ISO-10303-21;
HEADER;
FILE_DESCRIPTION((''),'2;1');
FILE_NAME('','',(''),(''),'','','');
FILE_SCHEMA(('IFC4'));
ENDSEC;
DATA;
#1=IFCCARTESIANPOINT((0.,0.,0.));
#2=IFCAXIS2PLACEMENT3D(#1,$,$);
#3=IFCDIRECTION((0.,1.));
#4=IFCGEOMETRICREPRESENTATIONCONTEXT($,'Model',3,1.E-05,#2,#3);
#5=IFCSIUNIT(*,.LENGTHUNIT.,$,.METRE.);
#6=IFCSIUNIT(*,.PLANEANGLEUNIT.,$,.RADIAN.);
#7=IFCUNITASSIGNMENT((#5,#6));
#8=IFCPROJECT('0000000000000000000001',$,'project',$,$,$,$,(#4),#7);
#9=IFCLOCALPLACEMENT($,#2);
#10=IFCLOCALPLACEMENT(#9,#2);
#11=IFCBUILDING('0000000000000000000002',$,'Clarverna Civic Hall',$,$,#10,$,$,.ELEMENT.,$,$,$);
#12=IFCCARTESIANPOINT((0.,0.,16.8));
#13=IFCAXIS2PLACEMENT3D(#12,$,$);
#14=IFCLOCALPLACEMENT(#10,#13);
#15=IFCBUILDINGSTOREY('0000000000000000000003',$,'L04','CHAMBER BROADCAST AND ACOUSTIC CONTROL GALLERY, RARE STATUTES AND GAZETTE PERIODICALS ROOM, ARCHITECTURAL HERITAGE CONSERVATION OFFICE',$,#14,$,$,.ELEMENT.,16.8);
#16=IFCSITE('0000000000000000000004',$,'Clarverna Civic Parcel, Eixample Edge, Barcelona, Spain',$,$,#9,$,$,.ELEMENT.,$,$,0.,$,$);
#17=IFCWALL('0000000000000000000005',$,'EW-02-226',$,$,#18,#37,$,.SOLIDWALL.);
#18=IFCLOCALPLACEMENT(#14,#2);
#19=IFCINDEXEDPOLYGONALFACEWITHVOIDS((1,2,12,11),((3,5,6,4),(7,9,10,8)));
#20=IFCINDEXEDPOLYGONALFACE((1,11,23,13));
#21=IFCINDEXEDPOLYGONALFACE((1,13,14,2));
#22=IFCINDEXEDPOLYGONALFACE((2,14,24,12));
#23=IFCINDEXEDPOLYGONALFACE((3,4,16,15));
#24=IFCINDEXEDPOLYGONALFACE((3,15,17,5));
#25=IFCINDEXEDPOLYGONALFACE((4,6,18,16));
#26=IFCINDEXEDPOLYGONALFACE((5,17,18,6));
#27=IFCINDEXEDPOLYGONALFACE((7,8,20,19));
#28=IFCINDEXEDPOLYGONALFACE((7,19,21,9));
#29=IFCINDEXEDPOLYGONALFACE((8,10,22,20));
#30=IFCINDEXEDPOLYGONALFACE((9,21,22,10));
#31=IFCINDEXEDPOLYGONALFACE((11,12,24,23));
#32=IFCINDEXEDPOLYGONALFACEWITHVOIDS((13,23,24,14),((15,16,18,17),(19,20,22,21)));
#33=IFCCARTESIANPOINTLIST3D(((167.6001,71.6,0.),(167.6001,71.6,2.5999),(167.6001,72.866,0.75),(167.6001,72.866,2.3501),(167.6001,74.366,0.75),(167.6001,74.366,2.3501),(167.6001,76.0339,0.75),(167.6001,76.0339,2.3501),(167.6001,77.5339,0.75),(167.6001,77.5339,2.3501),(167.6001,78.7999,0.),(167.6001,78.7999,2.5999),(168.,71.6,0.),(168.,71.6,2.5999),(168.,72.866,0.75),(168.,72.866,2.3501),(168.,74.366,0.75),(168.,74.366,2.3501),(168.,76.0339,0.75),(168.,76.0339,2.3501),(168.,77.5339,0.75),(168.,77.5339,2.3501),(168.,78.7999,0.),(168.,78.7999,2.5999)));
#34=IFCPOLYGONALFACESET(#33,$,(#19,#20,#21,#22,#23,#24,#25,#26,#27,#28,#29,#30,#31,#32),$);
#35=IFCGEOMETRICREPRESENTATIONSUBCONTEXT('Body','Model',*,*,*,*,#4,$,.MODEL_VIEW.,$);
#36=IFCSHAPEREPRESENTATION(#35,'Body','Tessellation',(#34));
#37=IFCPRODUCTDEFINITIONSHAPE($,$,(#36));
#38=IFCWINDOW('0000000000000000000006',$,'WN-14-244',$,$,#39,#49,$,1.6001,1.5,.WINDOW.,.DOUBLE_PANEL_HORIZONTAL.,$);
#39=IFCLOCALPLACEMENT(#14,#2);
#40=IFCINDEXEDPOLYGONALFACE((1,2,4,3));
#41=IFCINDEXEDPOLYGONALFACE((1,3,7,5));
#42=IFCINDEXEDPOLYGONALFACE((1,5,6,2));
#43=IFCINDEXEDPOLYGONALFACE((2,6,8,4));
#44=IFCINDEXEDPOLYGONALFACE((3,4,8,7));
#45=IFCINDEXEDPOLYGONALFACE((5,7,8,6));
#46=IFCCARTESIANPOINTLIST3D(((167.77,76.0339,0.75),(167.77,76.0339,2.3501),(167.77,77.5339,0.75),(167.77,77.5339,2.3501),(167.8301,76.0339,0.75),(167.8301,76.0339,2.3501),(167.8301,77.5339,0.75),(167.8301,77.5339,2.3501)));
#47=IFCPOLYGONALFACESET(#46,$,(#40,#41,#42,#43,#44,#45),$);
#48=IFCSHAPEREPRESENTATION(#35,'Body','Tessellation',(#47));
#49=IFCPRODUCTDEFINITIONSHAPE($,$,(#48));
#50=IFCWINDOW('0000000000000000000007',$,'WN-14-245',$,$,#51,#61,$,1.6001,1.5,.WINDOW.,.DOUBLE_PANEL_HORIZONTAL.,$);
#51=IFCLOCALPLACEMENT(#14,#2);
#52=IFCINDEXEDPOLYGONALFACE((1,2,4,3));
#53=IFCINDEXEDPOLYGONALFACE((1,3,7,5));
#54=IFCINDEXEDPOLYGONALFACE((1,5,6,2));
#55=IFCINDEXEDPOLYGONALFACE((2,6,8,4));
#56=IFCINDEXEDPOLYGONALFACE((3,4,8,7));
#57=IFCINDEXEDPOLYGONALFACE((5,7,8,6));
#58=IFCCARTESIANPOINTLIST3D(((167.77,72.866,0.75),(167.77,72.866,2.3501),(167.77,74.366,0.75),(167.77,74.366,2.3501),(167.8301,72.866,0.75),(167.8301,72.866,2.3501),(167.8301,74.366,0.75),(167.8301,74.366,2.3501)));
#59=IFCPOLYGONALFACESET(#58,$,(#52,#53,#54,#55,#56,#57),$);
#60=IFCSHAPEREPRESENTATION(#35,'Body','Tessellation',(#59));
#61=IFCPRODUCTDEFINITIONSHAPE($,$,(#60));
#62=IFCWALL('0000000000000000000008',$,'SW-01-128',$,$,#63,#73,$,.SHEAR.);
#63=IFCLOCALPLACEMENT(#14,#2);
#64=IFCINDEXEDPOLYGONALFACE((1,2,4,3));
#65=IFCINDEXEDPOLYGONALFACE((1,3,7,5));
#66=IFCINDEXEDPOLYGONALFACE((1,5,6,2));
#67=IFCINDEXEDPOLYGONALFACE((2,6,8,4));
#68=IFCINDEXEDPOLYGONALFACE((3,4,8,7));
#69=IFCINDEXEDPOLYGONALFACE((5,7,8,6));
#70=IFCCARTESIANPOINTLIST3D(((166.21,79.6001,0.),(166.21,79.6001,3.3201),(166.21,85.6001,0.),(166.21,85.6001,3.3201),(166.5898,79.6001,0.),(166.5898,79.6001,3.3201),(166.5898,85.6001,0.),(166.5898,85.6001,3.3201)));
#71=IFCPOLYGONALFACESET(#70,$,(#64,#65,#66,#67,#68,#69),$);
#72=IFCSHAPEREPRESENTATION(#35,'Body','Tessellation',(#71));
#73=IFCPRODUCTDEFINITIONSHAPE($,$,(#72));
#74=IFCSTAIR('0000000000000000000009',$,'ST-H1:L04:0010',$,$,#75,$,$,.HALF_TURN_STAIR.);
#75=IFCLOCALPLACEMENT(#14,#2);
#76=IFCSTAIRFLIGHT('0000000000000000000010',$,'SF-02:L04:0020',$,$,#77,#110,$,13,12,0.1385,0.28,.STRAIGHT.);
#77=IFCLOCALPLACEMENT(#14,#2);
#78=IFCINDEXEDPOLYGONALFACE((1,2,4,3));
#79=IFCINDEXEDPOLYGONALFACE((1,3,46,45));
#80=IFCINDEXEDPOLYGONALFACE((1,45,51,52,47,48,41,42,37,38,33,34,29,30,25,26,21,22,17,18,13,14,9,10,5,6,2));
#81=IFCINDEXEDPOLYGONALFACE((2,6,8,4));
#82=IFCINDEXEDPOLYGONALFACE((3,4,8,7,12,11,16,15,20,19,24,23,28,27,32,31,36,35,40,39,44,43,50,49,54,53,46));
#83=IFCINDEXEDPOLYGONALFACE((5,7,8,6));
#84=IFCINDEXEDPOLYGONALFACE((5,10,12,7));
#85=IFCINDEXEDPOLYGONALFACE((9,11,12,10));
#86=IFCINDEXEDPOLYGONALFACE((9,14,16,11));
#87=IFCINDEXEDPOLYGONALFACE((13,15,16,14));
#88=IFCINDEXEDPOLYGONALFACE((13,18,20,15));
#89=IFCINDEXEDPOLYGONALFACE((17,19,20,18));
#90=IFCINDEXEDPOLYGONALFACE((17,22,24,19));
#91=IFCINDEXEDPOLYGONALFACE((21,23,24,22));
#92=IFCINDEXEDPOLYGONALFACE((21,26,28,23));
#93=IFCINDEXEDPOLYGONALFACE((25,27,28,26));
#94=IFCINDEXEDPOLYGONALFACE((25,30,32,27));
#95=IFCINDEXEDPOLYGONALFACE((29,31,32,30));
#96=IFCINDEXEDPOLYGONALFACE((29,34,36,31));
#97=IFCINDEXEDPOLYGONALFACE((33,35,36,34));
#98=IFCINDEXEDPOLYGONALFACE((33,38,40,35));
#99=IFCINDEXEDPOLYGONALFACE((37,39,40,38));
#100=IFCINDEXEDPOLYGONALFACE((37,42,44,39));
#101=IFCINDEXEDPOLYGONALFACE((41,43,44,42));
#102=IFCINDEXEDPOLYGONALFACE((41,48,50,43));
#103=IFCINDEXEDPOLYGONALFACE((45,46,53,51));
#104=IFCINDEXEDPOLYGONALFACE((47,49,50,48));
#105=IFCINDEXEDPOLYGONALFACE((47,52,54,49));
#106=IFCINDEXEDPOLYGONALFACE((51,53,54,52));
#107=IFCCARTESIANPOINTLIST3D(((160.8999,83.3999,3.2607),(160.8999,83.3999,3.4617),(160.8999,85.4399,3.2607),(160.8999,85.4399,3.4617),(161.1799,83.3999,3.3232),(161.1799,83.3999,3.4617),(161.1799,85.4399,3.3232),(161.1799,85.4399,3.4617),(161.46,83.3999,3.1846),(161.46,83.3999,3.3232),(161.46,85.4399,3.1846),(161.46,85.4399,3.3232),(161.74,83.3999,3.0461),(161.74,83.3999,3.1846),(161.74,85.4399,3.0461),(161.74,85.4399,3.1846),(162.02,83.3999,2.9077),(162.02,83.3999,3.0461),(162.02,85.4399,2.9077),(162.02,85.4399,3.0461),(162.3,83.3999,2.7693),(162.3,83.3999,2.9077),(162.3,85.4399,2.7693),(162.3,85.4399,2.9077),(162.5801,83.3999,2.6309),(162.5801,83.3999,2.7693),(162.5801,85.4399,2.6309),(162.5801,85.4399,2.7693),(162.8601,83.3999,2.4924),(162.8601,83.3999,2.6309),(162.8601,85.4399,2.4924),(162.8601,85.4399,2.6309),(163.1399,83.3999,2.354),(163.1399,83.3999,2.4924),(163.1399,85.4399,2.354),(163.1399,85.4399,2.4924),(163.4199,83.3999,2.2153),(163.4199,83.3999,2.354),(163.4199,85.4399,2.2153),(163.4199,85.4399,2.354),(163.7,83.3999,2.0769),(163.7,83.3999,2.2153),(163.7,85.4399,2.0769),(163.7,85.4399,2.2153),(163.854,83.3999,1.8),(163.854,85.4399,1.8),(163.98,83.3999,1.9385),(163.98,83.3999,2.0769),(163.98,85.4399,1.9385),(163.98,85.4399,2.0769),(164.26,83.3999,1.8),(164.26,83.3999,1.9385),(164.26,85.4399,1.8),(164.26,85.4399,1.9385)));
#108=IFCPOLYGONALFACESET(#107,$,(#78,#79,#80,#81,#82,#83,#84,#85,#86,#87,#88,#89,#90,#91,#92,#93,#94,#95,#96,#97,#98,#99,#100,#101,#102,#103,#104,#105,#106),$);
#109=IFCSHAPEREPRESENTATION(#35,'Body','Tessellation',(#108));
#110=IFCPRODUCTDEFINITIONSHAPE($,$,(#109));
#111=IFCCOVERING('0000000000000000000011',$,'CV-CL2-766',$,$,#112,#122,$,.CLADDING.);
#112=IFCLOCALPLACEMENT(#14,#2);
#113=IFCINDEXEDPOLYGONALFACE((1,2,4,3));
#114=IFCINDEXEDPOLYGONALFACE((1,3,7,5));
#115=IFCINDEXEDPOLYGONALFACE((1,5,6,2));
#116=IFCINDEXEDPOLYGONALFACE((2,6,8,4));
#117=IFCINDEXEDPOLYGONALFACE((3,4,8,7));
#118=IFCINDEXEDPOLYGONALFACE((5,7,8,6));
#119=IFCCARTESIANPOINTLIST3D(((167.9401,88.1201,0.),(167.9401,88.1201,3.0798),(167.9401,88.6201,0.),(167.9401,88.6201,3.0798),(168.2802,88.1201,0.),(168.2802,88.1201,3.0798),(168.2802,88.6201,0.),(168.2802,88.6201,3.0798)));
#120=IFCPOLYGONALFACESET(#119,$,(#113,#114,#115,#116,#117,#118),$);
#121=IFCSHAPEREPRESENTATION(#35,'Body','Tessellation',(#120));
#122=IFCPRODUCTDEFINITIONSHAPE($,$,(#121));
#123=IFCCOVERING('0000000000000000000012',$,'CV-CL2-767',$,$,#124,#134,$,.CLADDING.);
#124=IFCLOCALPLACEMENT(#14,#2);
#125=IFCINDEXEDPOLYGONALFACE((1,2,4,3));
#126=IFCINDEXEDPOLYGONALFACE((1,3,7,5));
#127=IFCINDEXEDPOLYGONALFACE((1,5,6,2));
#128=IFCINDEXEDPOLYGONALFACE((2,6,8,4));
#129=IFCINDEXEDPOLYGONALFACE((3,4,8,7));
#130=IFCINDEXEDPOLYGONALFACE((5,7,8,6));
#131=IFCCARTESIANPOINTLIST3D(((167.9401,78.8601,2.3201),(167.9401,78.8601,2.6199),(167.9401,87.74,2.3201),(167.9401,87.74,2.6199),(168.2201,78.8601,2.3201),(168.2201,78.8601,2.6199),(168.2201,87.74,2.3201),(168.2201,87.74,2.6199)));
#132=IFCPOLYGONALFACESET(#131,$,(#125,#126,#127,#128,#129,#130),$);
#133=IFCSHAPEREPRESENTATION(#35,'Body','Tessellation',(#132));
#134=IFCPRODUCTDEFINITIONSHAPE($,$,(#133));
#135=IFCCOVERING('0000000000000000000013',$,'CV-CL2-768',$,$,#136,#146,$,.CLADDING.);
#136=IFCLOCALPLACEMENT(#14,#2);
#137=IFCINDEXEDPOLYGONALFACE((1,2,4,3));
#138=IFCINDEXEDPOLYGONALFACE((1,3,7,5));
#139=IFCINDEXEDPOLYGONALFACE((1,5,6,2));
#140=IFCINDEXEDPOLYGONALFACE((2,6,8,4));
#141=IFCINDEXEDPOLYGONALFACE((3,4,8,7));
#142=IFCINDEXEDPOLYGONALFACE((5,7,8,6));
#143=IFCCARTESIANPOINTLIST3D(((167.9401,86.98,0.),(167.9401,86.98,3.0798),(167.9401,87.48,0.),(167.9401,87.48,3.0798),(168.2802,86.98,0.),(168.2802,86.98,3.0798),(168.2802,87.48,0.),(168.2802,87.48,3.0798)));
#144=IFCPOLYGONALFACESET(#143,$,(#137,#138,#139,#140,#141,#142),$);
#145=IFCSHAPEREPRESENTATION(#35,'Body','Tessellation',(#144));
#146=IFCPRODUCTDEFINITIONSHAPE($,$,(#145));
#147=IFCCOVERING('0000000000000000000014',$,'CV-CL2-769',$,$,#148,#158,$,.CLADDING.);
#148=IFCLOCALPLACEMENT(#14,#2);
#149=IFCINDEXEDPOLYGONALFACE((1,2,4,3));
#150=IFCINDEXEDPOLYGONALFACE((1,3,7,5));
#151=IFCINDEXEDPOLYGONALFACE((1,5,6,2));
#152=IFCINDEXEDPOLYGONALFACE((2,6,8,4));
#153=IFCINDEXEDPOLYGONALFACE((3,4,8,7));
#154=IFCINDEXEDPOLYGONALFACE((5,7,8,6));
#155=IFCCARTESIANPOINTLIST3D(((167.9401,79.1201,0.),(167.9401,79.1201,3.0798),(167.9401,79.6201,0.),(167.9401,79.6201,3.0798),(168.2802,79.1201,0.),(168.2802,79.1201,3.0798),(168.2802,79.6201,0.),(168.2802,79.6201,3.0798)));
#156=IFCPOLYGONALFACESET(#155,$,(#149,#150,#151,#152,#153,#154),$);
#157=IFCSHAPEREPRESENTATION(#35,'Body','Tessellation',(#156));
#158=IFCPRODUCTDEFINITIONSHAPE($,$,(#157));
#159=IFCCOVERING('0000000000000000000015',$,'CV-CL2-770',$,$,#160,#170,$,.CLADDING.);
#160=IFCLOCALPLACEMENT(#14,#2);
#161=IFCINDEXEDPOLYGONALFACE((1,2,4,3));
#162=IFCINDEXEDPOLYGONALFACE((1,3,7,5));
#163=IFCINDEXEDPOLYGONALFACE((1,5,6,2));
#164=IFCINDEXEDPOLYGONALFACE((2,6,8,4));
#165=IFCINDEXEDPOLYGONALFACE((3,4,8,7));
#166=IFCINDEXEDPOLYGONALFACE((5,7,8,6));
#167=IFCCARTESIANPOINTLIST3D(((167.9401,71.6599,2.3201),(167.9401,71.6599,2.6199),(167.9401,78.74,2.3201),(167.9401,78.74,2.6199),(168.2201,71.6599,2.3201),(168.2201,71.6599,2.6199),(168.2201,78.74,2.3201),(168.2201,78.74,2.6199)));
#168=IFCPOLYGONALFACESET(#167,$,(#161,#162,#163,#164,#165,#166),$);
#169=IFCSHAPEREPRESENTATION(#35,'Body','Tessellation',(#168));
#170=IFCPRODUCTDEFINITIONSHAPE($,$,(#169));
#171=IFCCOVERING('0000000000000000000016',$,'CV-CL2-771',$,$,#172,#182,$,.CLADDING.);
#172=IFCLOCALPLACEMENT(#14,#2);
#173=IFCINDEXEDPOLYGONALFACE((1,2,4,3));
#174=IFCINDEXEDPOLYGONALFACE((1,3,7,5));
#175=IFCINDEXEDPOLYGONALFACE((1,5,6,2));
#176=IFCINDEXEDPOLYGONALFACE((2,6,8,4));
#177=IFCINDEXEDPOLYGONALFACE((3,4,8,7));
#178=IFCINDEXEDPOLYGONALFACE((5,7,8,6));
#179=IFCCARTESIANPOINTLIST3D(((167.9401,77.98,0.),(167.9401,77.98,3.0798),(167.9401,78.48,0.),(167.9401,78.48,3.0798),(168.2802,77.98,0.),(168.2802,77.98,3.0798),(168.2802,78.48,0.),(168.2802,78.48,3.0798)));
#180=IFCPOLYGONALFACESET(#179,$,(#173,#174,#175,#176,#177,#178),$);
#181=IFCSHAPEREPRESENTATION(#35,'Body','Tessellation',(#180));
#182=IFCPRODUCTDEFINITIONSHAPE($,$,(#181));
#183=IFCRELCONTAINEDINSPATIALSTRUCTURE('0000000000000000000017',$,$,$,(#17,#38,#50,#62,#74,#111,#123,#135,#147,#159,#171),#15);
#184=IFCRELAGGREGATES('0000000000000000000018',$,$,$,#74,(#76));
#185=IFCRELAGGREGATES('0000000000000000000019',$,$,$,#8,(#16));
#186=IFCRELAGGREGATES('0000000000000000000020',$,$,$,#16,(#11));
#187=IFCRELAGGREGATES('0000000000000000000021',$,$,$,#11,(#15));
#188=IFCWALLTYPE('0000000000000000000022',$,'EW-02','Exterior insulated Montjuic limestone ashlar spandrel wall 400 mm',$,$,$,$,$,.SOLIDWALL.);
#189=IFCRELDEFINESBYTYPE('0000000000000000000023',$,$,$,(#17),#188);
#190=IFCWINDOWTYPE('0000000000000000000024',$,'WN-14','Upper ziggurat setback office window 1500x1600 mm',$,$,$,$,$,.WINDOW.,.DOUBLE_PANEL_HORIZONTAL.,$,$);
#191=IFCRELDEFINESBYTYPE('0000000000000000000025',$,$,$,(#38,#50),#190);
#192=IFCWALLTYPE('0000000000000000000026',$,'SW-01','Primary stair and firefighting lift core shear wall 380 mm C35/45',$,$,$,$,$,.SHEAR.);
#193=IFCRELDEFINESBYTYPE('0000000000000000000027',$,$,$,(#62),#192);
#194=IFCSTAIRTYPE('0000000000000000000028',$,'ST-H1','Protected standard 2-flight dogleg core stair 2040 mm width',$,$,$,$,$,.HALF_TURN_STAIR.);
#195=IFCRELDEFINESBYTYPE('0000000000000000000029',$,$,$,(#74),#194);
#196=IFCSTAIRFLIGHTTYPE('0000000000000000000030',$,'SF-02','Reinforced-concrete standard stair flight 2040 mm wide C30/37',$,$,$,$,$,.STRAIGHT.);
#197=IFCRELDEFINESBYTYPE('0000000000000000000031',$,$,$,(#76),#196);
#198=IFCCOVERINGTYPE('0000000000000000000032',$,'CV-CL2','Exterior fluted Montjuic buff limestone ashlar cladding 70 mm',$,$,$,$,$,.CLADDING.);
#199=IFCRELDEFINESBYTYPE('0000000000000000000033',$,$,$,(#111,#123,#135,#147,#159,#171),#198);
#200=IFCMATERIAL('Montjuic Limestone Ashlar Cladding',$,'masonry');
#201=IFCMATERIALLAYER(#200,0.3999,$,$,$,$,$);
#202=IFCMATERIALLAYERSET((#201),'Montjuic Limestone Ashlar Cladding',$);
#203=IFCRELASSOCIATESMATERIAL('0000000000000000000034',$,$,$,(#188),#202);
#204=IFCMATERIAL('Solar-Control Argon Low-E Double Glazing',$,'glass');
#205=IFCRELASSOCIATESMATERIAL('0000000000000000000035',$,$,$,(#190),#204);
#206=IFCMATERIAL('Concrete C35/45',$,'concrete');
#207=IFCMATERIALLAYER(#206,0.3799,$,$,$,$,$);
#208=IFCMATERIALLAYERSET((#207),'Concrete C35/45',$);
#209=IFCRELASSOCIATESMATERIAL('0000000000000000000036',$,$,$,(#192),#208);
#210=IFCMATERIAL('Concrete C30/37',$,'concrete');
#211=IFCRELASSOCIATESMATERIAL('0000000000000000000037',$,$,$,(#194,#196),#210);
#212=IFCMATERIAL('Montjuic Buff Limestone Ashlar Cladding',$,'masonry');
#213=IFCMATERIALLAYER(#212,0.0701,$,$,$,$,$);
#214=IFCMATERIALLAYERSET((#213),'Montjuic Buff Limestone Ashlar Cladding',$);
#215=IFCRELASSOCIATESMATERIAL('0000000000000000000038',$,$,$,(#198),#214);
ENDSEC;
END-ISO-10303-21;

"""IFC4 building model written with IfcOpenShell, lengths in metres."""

from ifc_helpers import new_model, si_unit, direction, frame, frame_2d, origin, place, context, subcontext, project, spatial, polyline, rectangle, outline, extrude, material, layer, layer_set, type_object, element, fill, aggregate, save


model = new_model("IFC4")

# Units and contexts
model_context = context("Model", 3, precision=1e-05, world=origin(), true_north=direction((0.0, 1.0)))
body_context = subcontext(model_context, "Body", "Model", "MODEL_VIEW")
ifc_project = project(units=[si_unit("LENGTHUNIT", "METRE"), si_unit("PLANEANGLEUNIT", "RADIAN")], contexts=[model_context])

# Site, building, storey
site_placement = place(None, origin())
site = spatial("IfcSite", under=ifc_project, at=site_placement, Name="Clarverna Civic Parcel, Eixample Edge, Barcelona, Spain", CompositionType="ELEMENT", RefElevation=0.0)
building_placement = place(site_placement, origin())
building = spatial("IfcBuilding", under=site, at=building_placement, Name="Clarverna Civic Hall", CompositionType="ELEMENT")
storey_placement = place(building_placement, frame((0.0, 0.0, 16.8)))
storey = spatial("IfcBuildingStorey", under=building, at=storey_placement, Name="L04", Description="CHAMBER BROADCAST AND ACOUSTIC CONTROL GALLERY, RARE STATUTES AND GAZETTE PERIODICALS ROOM, ARCHITECTURAL HERITAGE CONSERVATION OFFICE", CompositionType="ELEMENT", Elevation=16.8)

# Shared definitions
ifc_material_1 = material(Name="Concrete C35/45", Category="concrete")

# Wall, openings, windows
ifc_material_2 = material(Name="Montjuic Limestone Ashlar Cladding", Category="masonry")
ifc_layer_1 = layer(ifc_material_2, 0.3999)
ifc_layer_set_1 = layer_set([ifc_layer_1], Name="Montjuic Limestone Ashlar Cladding")
wall_type_1 = type_object("IfcWallType", Name="EW-02", Description="Exterior insulated Montjuic limestone ashlar spandrel wall 400 mm", PredefinedType="SOLIDWALL", material=ifc_layer_set_1)
ifc_material_3 = material(Name="Solar-Control Argon Low-E Double Glazing", Category="glass")
window_type = type_object("IfcWindowType", Name="WN-14", Description="Upper ziggurat setback office window 1500x1600 mm", PartitioningType="DOUBLE_PANEL_HORIZONTAL", PredefinedType="WINDOW", material=ifc_material_3)
wall_1_placement = place(storey_placement, frame((167.8, 78.8, 0.0), z_axis=(0.0, 0.0, 1.0), x_axis=(0.0, -1.0, 0.0)))
wall_1 = element("IfcWall", 1, at=wall_1_placement, inside=storey, type_object=wall_type_1, Name="EW-02-226", PredefinedType="SOLIDWALL", context=body_context, shape_type="SweptSolid", body=[
    extrude(rectangle(XDim=7.2, YDim=0.3999, at=frame_2d((3.6001, 0.0))), origin(), (0.0, 0.0, 1.0), 2.5999),
])
opening_1_placement = place(wall_1_placement, frame((1.2661, 0.0, 0.75)))
opening_1 = element("IfcOpeningElement", 2, at=opening_1_placement, cuts=wall_1, PredefinedType="OPENING", context=body_context, shape_type="SweptSolid", body=[
    extrude(rectangle(XDim=1.5, YDim=1.6001, at=frame_2d((0.75, 0.8))), frame((0.0, 0.21, 0.0), z_axis=(0.0, -1.0, 0.0), x_axis=(1.0, 0.0, 0.0)), (0.0, 0.0, 1.0), 0.4199),
])
opening_2_placement = place(wall_1_placement, frame((4.4341, 0.0, 0.75)))
opening_2 = element("IfcOpeningElement", 3, at=opening_2_placement, cuts=wall_1, PredefinedType="OPENING", context=body_context, shape_type="SweptSolid", body=[
    extrude(rectangle(XDim=1.5, YDim=1.6001, at=frame_2d((0.75, 0.8))), frame((0.0, 0.21, 0.0), z_axis=(0.0, -1.0, 0.0), x_axis=(1.0, 0.0, 0.0)), (0.0, 0.0, 1.0), 0.4199),
])
window_1_placement = place(opening_1_placement, origin())
window_1 = element("IfcWindow", 4, at=window_1_placement, inside=storey, type_object=window_type, Name="WN-14-244", OverallHeight=1.6001, OverallWidth=1.5, PartitioningType="DOUBLE_PANEL_HORIZONTAL", PredefinedType="WINDOW", context=body_context, shape_type="SweptSolid", body=[
    extrude(rectangle(XDim=1.5, YDim=1.6001, at=frame_2d((0.75, 0.8))), frame((0.0, 0.03, 0.0), z_axis=(0.0, -1.0, 0.0), x_axis=(1.0, 0.0, 0.0)), (0.0, 0.0, 1.0), 0.0601),
])
fill(opening_1, window_1)
window_2_placement = place(opening_2_placement, origin())
window_2 = element("IfcWindow", 5, at=window_2_placement, inside=storey, type_object=window_type, Name="WN-14-245", OverallHeight=1.6001, OverallWidth=1.5, PartitioningType="DOUBLE_PANEL_HORIZONTAL", PredefinedType="WINDOW", context=body_context, shape_type="SweptSolid", body=[
    extrude(rectangle(XDim=1.5, YDim=1.6001, at=frame_2d((0.75, 0.8))), frame((0.0, 0.03, 0.0), z_axis=(0.0, -1.0, 0.0), x_axis=(1.0, 0.0, 0.0)), (0.0, 0.0, 1.0), 0.0601),
])
fill(opening_2, window_2)

# Wall
ifc_layer_2 = layer(ifc_material_1, 0.3799)
ifc_layer_set_2 = layer_set([ifc_layer_2], Name="Concrete C35/45")
wall_type_2 = type_object("IfcWallType", Name="SW-01", Description="Primary stair and firefighting lift core shear wall 380 mm C35/45", PredefinedType="SHEAR", material=ifc_layer_set_2)
wall_2_placement = place(storey_placement, frame((166.3999, 79.6001, 0.0), z_axis=(0.0, 0.0, 1.0), x_axis=(0.0, 1.0, 0.0)))
element("IfcWall", 6, at=wall_2_placement, inside=storey, type_object=wall_type_2, Name="SW-01-128", PredefinedType="SHEAR", context=body_context, shape_type="SweptSolid", body=[
    extrude(rectangle(XDim=6.0, YDim=0.3799, at=frame_2d((3.0, 0.0))), origin(), (0.0, 0.0, 1.0), 3.3201),
])

# Stair, stair flight
ifc_material_4 = material(Name="Concrete C30/37", Category="concrete")
stair_type = type_object("IfcStairType", Name="ST-H1", Description="Protected standard 2-flight dogleg core stair 2040 mm width", PredefinedType="HALF_TURN_STAIR", material=ifc_material_4)
stair_placement = place(storey_placement, origin())
stair = element("IfcStair", 7, at=stair_placement, inside=storey, type_object=stair_type, Name="ST-H1:L04:0010", PredefinedType="HALF_TURN_STAIR")
stair_flight_type = type_object("IfcStairFlightType", Name="SF-02", Description="Reinforced-concrete standard stair flight 2040 mm wide C30/37", PredefinedType="STRAIGHT", material=ifc_material_4)
stair_flight_placement = place(storey_placement, frame((164.26, 84.4199, 1.8), z_axis=(0.0, 0.0, 1.0), x_axis=(-1.0, 0.0, 0.0)))
stair_flight = element("IfcStairFlight", 8, at=stair_flight_placement, type_object=stair_flight_type, Name="SF-02:L04:0020", NumberOfRisers=13, NumberOfTreads=12, PredefinedType="STRAIGHT", RiserHeight=0.1385, TreadLength=0.28, context=body_context, shape_type="SweptSolid", body=[
    extrude(outline(polyline([(0.0, 0.0), (0.0, 0.1384), (0.28, 0.1384), (0.28, 0.2769), (0.5601, 0.2769), (0.5601, 0.4153), (0.8401, 0.4153), (0.8401, 0.554), (1.1201, 0.554), (1.1201, 0.6924), (1.3999, 0.6924), (1.3999, 0.8308), (1.6799, 0.8308), (1.6799, 0.9692), (1.96, 0.9692), (1.96, 1.1077), (2.24, 1.1077), (2.24, 1.2461), (2.52, 1.2461), (2.52, 1.3845), (2.8, 1.3845), (2.8, 1.5232), (3.0801, 1.5232), (3.0801, 1.6616), (3.3601, 1.6616), (3.3601, 1.8), (3.3601, 1.4607), (0.406, 0.0), (0.0, 0.0)])), frame((0.0, 1.02, 0.0), z_axis=(0.0, -1.0, 0.0), x_axis=(1.0, 0.0, 0.0)), (0.0, 0.0, 1.0), 2.04),
])
aggregate(stair, [stair_flight])

# Coverings
ifc_material_5 = material(Name="Montjuic Buff Limestone Ashlar Cladding", Category="masonry")
ifc_layer_3 = layer(ifc_material_5, 0.0701)
ifc_layer_set_3 = layer_set([ifc_layer_3], Name="Montjuic Buff Limestone Ashlar Cladding")
covering_type = type_object("IfcCoveringType", Name="CV-CL2", Description="Exterior fluted Montjuic buff limestone ashlar cladding 70 mm", PredefinedType="CLADDING", material=ifc_layer_set_3)
covering_1_placement = place(storey_placement, frame((168.1101, 88.6201, 0.0), z_axis=(0.0, 0.0, 1.0), x_axis=(0.0, -1.0, 0.0)))
element("IfcCovering", 9, at=covering_1_placement, inside=storey, type_object=covering_type, Name="CV-CL2-766", PredefinedType="CLADDING", context=body_context, shape_type="SweptSolid", body=[
    extrude(rectangle(XDim=0.5, YDim=0.3401, at=frame_2d((0.25, 0.0))), origin(), (0.0, 0.0, 1.0), 3.0798),
])
covering_2_placement = place(storey_placement, frame((168.0801, 87.74, 2.3201), z_axis=(0.0, 0.0, 1.0), x_axis=(0.0, -1.0, 0.0)))
element("IfcCovering", 10, at=covering_2_placement, inside=storey, type_object=covering_type, Name="CV-CL2-767", PredefinedType="CLADDING", context=body_context, shape_type="SweptSolid", body=[
    extrude(rectangle(XDim=8.8799, YDim=0.28, at=frame_2d((4.4399, 0.0))), origin(), (0.0, 0.0, 1.0), 0.2998),
])
for number, where, z_axis, x_axis, name in (
    (11, (168.1101, 87.48, 0.0), (0.0, 0.0, 1.0), (0.0, -1.0, 0.0), "CV-CL2-768"),
    (12, (168.1101, 79.6201, 0.0), (0.0, 0.0, 1.0), (0.0, -1.0, 0.0), "CV-CL2-769"),
):
    element("IfcCovering", number, at=place(storey_placement, frame(where, z_axis=z_axis, x_axis=x_axis)), inside=storey, type_object=covering_type, Name=name, PredefinedType="CLADDING", context=body_context, shape_type="SweptSolid", body=[
        extrude(rectangle(XDim=0.5, YDim=0.3401, at=frame_2d((0.25, 0.0))), origin(), (0.0, 0.0, 1.0), 3.0798),
    ])
covering_3_placement = place(storey_placement, frame((168.0801, 78.74, 2.3201), z_axis=(0.0, 0.0, 1.0), x_axis=(0.0, -1.0, 0.0)))
element("IfcCovering", 13, at=covering_3_placement, inside=storey, type_object=covering_type, Name="CV-CL2-770", PredefinedType="CLADDING", context=body_context, shape_type="SweptSolid", body=[
    extrude(rectangle(XDim=7.0801, YDim=0.28, at=frame_2d((3.54, 0.0))), origin(), (0.0, 0.0, 1.0), 0.2998),
])
covering_4_placement = place(storey_placement, frame((168.1101, 78.48, 0.0), z_axis=(0.0, 0.0, 1.0), x_axis=(0.0, -1.0, 0.0)))
element("IfcCovering", 14, at=covering_4_placement, inside=storey, type_object=covering_type, Name="CV-CL2-771", PredefinedType="CLADDING", context=body_context, shape_type="SweptSolid", body=[
    extrude(rectangle(XDim=0.5, YDim=0.3401, at=frame_2d((0.25, 0.0))), origin(), (0.0, 0.0, 1.0), 3.0798),
])

save(model, "model.ifc")
